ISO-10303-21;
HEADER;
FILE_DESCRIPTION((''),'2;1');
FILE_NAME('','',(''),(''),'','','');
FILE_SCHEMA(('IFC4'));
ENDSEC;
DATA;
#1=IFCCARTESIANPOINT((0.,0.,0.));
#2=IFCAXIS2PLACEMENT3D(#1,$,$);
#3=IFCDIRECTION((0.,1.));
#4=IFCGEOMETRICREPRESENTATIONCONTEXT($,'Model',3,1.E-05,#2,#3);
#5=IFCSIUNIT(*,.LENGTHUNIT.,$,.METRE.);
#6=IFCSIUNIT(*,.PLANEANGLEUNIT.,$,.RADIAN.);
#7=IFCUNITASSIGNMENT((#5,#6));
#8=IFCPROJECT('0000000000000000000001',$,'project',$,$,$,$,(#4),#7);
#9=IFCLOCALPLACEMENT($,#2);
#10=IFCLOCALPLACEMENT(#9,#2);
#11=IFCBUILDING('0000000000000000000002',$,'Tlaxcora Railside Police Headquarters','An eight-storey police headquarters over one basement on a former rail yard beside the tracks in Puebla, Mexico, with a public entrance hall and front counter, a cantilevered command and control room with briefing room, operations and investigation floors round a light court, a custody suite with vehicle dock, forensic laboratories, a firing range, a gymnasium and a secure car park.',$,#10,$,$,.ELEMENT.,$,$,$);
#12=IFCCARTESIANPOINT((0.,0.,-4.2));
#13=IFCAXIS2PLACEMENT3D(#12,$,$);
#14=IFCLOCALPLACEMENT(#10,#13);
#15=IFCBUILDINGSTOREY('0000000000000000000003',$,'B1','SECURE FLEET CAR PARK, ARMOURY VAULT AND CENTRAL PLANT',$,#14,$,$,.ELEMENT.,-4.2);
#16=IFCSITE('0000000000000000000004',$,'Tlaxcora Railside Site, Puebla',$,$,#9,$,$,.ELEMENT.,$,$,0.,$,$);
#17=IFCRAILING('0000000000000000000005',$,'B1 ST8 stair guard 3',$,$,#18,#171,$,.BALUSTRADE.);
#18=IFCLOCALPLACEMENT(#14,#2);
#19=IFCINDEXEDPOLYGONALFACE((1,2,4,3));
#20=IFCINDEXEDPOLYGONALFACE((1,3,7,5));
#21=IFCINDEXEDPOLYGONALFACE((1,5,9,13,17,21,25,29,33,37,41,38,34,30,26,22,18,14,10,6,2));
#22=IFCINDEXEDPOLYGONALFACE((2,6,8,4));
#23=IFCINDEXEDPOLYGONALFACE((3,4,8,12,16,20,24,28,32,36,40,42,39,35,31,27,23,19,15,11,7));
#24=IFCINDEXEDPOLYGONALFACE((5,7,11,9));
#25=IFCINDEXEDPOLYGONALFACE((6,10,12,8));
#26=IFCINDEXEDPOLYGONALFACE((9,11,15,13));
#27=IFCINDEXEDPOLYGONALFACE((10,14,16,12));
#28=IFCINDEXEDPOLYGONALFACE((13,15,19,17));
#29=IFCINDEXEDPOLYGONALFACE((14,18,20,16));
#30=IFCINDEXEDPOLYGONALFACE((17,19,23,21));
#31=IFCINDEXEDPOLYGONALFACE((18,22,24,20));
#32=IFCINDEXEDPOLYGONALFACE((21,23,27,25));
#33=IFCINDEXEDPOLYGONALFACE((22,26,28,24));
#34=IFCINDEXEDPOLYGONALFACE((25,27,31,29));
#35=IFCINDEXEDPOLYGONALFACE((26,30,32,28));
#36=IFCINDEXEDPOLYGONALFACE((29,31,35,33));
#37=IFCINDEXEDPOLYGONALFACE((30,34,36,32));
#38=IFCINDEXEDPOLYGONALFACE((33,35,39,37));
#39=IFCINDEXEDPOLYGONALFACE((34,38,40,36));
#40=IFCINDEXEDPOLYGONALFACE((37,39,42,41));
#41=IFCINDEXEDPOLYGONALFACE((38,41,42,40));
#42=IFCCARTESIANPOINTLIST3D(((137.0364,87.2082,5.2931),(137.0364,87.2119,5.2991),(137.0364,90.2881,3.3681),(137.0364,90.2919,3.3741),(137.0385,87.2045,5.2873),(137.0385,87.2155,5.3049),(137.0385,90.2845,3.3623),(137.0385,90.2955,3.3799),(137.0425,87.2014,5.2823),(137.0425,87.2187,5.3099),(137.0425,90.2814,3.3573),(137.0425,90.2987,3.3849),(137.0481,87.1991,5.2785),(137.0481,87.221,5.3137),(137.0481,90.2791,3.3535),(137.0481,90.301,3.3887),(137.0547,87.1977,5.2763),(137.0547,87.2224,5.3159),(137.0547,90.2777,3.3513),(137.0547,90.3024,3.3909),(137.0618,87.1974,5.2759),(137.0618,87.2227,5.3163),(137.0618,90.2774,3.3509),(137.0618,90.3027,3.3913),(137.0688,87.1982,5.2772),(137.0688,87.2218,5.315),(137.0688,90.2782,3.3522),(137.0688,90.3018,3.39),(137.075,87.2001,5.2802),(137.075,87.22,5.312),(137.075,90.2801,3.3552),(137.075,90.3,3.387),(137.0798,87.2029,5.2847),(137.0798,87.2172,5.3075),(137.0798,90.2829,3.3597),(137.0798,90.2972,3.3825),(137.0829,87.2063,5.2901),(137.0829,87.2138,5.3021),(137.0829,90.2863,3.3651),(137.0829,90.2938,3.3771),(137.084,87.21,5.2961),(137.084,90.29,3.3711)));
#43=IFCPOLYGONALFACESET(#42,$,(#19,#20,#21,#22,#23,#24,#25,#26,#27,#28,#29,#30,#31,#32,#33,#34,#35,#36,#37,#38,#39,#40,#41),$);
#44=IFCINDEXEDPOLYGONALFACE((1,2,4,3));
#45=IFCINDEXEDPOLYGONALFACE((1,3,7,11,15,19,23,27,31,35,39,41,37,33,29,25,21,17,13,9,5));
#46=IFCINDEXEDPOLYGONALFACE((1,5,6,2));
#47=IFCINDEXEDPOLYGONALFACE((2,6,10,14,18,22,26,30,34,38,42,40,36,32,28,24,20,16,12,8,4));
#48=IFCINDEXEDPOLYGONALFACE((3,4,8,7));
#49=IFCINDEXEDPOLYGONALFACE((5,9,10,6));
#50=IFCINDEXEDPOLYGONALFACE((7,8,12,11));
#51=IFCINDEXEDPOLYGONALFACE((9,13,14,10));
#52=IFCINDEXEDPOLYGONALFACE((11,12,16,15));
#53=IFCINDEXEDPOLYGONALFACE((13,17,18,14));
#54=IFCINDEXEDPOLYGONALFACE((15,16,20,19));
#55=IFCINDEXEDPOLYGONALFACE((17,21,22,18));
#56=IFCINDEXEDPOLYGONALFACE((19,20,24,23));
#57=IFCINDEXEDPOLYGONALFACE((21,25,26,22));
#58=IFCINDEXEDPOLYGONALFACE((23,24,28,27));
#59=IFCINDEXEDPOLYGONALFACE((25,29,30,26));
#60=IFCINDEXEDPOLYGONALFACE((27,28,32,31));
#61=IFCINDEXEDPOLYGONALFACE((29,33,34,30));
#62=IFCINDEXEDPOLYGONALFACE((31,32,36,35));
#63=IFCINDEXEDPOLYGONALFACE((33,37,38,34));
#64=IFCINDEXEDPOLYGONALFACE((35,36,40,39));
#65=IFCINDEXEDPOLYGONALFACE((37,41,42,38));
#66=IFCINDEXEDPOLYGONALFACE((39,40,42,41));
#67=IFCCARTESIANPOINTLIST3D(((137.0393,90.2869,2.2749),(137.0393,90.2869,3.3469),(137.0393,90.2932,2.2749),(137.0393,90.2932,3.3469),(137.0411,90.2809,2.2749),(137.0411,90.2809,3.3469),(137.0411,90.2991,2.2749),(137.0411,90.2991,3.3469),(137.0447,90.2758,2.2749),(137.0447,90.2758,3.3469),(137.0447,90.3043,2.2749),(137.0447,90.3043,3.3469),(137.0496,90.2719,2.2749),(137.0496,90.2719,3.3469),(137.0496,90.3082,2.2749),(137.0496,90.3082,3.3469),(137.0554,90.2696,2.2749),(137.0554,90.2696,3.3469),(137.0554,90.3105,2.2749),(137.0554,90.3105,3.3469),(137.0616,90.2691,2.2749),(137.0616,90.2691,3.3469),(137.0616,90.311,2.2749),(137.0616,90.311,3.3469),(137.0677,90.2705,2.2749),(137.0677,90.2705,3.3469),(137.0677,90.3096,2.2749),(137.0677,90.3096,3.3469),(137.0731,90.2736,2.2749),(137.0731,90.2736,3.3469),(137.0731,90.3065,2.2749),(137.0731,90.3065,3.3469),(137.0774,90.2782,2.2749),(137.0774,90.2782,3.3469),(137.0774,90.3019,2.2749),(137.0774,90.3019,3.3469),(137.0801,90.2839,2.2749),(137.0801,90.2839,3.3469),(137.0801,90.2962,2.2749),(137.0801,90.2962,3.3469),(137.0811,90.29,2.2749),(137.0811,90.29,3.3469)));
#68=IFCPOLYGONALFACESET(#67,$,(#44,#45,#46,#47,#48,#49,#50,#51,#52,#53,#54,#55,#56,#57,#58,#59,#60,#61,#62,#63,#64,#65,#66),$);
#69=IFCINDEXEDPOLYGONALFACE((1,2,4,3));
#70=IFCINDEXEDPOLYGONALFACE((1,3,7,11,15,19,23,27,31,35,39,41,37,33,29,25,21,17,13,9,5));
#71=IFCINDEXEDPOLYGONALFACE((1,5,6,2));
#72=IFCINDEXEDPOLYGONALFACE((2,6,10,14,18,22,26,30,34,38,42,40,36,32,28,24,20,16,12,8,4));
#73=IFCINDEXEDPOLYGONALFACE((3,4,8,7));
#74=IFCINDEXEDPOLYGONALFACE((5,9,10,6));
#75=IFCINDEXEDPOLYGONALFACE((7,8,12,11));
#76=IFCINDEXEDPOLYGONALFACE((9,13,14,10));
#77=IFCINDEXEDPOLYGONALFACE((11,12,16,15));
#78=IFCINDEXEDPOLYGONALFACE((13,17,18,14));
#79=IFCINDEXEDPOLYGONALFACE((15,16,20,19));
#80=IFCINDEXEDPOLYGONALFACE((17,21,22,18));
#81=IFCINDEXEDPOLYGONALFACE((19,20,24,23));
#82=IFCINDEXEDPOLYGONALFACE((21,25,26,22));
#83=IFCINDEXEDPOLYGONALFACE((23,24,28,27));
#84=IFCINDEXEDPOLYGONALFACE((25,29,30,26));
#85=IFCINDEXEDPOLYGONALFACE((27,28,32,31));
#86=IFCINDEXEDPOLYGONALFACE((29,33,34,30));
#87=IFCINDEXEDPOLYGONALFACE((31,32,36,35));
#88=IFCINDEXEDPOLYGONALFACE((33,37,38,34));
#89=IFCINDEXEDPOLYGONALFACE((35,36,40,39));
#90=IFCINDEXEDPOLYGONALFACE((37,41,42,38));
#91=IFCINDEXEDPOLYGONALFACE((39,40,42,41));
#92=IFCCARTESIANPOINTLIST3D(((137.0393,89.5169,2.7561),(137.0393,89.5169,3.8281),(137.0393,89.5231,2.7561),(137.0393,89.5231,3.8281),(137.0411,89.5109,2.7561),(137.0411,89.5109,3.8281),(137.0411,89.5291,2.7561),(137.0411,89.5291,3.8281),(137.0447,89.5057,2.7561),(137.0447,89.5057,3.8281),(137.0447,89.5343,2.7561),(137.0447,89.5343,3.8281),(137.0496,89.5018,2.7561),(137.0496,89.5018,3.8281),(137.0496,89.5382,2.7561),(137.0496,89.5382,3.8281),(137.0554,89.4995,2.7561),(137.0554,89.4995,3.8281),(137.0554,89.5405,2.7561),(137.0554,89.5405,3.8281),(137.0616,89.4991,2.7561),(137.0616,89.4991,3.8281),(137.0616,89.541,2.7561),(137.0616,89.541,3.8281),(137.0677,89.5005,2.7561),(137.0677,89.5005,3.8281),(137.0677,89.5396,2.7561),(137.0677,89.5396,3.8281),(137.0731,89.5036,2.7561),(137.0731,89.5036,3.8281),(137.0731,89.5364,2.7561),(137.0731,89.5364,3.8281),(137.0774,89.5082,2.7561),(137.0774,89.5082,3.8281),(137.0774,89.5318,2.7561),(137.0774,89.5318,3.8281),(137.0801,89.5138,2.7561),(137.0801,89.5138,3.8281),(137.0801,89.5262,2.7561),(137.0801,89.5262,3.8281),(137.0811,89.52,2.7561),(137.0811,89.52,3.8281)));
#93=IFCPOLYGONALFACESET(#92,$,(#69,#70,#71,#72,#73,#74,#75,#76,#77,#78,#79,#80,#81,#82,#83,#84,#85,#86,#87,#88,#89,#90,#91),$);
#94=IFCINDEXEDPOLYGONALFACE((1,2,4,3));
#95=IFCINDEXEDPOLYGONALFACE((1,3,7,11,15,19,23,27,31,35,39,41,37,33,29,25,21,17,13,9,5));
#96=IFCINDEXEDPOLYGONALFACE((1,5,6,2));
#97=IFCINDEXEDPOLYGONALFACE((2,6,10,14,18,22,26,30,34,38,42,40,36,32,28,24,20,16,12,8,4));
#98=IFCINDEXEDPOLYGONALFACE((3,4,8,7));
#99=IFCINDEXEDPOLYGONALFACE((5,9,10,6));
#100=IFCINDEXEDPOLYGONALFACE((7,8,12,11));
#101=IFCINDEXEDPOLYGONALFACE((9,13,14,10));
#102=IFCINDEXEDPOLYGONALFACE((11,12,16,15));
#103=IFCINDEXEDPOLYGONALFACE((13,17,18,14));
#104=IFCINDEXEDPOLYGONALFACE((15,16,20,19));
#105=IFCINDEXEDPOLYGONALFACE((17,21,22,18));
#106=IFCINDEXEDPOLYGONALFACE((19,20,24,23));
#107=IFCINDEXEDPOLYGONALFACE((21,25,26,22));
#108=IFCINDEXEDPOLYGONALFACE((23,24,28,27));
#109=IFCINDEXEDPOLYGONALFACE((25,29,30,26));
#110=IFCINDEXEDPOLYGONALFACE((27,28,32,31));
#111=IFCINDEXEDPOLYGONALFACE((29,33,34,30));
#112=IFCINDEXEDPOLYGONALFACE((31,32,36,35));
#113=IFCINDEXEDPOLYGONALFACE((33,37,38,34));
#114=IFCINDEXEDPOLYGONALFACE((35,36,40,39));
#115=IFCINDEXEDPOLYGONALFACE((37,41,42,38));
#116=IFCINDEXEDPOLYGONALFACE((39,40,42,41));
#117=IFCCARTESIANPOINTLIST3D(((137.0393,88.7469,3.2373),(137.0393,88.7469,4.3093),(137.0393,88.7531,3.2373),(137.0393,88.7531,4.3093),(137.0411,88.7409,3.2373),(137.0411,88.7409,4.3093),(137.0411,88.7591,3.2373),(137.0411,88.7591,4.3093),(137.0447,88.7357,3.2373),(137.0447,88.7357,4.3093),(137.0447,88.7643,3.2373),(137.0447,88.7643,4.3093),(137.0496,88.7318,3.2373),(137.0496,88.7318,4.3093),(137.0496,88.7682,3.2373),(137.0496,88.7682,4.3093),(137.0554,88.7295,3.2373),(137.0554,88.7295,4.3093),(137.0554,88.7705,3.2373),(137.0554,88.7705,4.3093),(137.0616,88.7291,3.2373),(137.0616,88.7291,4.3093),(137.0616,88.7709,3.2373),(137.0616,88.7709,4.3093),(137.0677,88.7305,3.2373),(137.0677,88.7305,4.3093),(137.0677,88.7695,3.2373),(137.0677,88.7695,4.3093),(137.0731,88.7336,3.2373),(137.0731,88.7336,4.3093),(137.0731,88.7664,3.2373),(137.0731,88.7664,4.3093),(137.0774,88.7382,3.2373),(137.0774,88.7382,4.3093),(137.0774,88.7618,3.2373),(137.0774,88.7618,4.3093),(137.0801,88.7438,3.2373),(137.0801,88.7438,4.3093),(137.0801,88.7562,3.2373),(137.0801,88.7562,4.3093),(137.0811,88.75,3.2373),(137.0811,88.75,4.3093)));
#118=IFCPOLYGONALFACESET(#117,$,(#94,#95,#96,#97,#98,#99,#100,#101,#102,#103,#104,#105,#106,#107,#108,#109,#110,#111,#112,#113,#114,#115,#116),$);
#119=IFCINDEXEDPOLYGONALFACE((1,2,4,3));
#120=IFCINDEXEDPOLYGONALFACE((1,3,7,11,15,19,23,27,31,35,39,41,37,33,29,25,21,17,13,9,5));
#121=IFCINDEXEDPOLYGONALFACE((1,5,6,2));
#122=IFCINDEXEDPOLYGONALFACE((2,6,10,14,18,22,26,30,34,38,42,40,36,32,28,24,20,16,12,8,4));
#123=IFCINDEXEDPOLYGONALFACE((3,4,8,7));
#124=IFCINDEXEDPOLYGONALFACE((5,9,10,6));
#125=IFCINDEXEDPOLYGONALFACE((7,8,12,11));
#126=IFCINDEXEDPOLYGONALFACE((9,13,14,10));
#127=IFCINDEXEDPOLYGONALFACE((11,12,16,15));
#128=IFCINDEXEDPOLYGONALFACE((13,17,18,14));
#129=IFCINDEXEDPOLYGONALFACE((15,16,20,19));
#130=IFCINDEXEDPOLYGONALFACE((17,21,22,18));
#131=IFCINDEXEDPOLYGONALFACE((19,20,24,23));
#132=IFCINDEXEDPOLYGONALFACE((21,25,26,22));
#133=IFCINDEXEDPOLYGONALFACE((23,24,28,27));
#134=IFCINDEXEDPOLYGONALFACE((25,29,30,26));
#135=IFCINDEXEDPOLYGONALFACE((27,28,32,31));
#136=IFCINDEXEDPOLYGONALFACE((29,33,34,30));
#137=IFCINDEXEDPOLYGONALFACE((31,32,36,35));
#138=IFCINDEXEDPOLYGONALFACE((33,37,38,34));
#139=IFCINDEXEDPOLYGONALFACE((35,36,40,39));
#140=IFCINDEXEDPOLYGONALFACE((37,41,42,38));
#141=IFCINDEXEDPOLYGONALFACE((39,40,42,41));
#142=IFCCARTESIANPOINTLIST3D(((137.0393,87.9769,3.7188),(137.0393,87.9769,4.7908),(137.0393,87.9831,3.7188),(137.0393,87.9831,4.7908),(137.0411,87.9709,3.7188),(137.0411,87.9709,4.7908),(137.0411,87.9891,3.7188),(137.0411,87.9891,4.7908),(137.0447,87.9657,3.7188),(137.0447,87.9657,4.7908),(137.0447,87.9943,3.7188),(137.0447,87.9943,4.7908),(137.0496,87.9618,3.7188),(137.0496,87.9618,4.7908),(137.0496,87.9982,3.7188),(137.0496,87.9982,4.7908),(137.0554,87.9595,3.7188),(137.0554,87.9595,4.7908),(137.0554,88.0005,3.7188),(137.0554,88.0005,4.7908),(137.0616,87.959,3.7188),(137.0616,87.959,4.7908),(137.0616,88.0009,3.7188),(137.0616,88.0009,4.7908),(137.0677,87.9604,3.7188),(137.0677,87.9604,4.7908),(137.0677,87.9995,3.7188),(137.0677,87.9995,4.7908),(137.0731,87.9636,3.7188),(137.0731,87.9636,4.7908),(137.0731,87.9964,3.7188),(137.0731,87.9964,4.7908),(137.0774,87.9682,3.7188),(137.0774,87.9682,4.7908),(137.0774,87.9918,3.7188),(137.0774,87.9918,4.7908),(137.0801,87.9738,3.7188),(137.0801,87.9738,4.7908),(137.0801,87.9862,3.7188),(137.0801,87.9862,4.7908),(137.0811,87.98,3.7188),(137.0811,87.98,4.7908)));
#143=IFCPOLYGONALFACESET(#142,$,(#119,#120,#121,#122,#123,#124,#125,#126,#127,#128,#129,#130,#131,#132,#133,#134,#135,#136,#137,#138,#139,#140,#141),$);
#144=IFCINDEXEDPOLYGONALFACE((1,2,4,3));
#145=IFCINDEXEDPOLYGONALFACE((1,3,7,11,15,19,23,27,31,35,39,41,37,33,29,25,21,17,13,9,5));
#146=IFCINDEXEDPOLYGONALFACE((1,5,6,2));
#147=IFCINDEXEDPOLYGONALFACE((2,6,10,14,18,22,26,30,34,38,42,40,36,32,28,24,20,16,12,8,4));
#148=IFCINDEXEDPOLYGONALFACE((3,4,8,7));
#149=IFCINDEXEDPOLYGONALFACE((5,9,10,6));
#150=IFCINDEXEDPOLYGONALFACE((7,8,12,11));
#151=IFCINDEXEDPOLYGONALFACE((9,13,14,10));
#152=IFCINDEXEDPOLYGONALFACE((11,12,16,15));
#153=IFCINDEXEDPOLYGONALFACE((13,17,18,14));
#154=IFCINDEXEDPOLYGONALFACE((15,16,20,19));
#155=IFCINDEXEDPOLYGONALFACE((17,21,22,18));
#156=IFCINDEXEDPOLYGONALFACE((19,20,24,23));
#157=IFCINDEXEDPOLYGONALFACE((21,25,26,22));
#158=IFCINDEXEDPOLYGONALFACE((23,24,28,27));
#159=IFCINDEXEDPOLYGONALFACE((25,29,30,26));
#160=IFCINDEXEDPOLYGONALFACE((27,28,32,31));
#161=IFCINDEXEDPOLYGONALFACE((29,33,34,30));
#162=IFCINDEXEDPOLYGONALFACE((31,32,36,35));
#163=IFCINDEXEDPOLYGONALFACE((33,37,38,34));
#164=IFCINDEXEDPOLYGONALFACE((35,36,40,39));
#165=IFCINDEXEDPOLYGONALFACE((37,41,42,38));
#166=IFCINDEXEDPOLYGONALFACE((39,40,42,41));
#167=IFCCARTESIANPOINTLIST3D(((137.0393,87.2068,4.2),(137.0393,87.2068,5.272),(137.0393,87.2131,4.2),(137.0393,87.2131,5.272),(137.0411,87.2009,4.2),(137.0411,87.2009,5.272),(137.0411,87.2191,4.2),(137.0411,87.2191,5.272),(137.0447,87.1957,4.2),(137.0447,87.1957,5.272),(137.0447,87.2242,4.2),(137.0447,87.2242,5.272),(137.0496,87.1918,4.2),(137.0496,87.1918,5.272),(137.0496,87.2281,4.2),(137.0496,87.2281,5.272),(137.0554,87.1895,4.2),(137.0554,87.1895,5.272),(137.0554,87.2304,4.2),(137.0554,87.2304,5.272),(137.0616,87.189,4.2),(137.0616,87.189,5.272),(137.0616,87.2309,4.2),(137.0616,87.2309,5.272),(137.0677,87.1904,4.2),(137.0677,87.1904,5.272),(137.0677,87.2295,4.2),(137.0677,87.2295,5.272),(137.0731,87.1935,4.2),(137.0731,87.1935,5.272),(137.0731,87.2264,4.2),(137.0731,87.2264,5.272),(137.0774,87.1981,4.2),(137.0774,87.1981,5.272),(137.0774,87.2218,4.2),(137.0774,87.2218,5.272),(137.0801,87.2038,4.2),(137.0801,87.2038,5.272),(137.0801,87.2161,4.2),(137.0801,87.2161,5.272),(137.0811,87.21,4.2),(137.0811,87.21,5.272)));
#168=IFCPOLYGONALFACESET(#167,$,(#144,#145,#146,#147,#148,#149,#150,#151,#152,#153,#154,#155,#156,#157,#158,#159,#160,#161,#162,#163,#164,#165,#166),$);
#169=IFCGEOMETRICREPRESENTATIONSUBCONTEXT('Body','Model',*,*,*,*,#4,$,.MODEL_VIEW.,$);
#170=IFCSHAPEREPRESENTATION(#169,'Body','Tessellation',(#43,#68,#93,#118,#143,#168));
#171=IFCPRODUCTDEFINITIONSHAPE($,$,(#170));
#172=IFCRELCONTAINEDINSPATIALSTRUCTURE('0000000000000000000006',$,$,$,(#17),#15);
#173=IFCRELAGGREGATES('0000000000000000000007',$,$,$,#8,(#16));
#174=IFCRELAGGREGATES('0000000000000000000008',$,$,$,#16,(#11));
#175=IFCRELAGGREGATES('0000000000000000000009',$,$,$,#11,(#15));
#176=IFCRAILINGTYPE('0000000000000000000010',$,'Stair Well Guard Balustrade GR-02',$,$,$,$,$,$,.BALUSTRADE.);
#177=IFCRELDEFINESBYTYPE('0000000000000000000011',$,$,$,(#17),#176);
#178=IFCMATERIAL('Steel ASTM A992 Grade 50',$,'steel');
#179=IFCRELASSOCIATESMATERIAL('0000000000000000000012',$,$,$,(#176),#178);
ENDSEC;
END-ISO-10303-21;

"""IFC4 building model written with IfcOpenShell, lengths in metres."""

from ifc_helpers import new_model, si_unit, direction, frame, origin, origin_2d, place, context, subcontext, project, spatial, circle, extrude, material, type_object, element, save


model = new_model("IFC4")

# Units and contexts
model_context = context("Model", 3, precision=1e-05, world=origin(), true_north=direction((0.0, 1.0)))
body_context = subcontext(model_context, "Body", "Model", "MODEL_VIEW")
ifc_project = project(units=[si_unit("LENGTHUNIT", "METRE"), si_unit("PLANEANGLEUNIT", "RADIAN")], contexts=[model_context])

# Site, building, storey
site_placement = place(None, origin())
site = spatial("IfcSite", under=ifc_project, at=site_placement, Name="Tlaxcora Railside Site, Puebla", CompositionType="ELEMENT", RefElevation=0.0)
building_placement = place(site_placement, origin())
building = spatial("IfcBuilding", under=site, at=building_placement, Name="Tlaxcora Railside Police Headquarters", Description="An eight-storey police headquarters over one basement on a former rail yard beside the tracks in Puebla, Mexico, with a public entrance hall and front counter, a cantilevered command and control room with briefing room, operations and investigation floors round a light court, a custody suite with vehicle dock, forensic laboratories, a firing range, a gymnasium and a secure car park.", CompositionType="ELEMENT")
storey_placement = place(building_placement, frame((0.0, 0.0, -4.2)))
storey = spatial("IfcBuildingStorey", under=building, at=storey_placement, Name="B1", Description="SECURE FLEET CAR PARK, ARMOURY VAULT AND CENTRAL PLANT", CompositionType="ELEMENT", Elevation=-4.2)

# Shared definitions
ifc_material_1 = material(Name="Steel ASTM A992 Grade 50", Category="steel")

# Railing
railing_type_1 = type_object("IfcRailingType", Name="Stair Well Guard Balustrade GR-02", PredefinedType="BALUSTRADE", material=ifc_material_1)
railing_1_placement = place(storey_placement, frame((137.0601, 90.29, 2.2749)))
element("IfcRailing", 1, at=railing_1_placement, inside=storey, type_object=railing_type_1, Name="B1 ST8 stair guard 3", PredefinedType="BALUSTRADE", context=body_context, shape_type="SweptSolid", body=[
    extrude(circle(Radius=0.0239, at=origin_2d()), frame((0.0, 0.0, 1.0962), z_axis=(0.0, -0.847998, 0.529999), x_axis=(1.0, 0.0, 0.0)), (0.0, 0.0, 1.0), 3.6321),
    extrude(circle(Radius=0.021, at=origin_2d()), origin(), (0.0, 0.0, 1.0), 1.072),
    extrude(circle(Radius=0.021, at=origin_2d()), frame((0.0, -0.77, 0.4812)), (0.0, 0.0, 1.0), 1.072),
    extrude(circle(Radius=0.021, at=origin_2d()), frame((0.0, -1.54, 0.9624)), (0.0, 0.0, 1.0), 1.072),
    extrude(circle(Radius=0.021, at=origin_2d()), frame((0.0, -2.3101, 1.4438)), (0.0, 0.0, 1.0), 1.072),
    extrude(circle(Radius=0.021, at=origin_2d()), frame((0.0, -3.0801, 1.925)), (0.0, 0.0, 1.0), 1.072),
])

save(model, "model.ifc")
